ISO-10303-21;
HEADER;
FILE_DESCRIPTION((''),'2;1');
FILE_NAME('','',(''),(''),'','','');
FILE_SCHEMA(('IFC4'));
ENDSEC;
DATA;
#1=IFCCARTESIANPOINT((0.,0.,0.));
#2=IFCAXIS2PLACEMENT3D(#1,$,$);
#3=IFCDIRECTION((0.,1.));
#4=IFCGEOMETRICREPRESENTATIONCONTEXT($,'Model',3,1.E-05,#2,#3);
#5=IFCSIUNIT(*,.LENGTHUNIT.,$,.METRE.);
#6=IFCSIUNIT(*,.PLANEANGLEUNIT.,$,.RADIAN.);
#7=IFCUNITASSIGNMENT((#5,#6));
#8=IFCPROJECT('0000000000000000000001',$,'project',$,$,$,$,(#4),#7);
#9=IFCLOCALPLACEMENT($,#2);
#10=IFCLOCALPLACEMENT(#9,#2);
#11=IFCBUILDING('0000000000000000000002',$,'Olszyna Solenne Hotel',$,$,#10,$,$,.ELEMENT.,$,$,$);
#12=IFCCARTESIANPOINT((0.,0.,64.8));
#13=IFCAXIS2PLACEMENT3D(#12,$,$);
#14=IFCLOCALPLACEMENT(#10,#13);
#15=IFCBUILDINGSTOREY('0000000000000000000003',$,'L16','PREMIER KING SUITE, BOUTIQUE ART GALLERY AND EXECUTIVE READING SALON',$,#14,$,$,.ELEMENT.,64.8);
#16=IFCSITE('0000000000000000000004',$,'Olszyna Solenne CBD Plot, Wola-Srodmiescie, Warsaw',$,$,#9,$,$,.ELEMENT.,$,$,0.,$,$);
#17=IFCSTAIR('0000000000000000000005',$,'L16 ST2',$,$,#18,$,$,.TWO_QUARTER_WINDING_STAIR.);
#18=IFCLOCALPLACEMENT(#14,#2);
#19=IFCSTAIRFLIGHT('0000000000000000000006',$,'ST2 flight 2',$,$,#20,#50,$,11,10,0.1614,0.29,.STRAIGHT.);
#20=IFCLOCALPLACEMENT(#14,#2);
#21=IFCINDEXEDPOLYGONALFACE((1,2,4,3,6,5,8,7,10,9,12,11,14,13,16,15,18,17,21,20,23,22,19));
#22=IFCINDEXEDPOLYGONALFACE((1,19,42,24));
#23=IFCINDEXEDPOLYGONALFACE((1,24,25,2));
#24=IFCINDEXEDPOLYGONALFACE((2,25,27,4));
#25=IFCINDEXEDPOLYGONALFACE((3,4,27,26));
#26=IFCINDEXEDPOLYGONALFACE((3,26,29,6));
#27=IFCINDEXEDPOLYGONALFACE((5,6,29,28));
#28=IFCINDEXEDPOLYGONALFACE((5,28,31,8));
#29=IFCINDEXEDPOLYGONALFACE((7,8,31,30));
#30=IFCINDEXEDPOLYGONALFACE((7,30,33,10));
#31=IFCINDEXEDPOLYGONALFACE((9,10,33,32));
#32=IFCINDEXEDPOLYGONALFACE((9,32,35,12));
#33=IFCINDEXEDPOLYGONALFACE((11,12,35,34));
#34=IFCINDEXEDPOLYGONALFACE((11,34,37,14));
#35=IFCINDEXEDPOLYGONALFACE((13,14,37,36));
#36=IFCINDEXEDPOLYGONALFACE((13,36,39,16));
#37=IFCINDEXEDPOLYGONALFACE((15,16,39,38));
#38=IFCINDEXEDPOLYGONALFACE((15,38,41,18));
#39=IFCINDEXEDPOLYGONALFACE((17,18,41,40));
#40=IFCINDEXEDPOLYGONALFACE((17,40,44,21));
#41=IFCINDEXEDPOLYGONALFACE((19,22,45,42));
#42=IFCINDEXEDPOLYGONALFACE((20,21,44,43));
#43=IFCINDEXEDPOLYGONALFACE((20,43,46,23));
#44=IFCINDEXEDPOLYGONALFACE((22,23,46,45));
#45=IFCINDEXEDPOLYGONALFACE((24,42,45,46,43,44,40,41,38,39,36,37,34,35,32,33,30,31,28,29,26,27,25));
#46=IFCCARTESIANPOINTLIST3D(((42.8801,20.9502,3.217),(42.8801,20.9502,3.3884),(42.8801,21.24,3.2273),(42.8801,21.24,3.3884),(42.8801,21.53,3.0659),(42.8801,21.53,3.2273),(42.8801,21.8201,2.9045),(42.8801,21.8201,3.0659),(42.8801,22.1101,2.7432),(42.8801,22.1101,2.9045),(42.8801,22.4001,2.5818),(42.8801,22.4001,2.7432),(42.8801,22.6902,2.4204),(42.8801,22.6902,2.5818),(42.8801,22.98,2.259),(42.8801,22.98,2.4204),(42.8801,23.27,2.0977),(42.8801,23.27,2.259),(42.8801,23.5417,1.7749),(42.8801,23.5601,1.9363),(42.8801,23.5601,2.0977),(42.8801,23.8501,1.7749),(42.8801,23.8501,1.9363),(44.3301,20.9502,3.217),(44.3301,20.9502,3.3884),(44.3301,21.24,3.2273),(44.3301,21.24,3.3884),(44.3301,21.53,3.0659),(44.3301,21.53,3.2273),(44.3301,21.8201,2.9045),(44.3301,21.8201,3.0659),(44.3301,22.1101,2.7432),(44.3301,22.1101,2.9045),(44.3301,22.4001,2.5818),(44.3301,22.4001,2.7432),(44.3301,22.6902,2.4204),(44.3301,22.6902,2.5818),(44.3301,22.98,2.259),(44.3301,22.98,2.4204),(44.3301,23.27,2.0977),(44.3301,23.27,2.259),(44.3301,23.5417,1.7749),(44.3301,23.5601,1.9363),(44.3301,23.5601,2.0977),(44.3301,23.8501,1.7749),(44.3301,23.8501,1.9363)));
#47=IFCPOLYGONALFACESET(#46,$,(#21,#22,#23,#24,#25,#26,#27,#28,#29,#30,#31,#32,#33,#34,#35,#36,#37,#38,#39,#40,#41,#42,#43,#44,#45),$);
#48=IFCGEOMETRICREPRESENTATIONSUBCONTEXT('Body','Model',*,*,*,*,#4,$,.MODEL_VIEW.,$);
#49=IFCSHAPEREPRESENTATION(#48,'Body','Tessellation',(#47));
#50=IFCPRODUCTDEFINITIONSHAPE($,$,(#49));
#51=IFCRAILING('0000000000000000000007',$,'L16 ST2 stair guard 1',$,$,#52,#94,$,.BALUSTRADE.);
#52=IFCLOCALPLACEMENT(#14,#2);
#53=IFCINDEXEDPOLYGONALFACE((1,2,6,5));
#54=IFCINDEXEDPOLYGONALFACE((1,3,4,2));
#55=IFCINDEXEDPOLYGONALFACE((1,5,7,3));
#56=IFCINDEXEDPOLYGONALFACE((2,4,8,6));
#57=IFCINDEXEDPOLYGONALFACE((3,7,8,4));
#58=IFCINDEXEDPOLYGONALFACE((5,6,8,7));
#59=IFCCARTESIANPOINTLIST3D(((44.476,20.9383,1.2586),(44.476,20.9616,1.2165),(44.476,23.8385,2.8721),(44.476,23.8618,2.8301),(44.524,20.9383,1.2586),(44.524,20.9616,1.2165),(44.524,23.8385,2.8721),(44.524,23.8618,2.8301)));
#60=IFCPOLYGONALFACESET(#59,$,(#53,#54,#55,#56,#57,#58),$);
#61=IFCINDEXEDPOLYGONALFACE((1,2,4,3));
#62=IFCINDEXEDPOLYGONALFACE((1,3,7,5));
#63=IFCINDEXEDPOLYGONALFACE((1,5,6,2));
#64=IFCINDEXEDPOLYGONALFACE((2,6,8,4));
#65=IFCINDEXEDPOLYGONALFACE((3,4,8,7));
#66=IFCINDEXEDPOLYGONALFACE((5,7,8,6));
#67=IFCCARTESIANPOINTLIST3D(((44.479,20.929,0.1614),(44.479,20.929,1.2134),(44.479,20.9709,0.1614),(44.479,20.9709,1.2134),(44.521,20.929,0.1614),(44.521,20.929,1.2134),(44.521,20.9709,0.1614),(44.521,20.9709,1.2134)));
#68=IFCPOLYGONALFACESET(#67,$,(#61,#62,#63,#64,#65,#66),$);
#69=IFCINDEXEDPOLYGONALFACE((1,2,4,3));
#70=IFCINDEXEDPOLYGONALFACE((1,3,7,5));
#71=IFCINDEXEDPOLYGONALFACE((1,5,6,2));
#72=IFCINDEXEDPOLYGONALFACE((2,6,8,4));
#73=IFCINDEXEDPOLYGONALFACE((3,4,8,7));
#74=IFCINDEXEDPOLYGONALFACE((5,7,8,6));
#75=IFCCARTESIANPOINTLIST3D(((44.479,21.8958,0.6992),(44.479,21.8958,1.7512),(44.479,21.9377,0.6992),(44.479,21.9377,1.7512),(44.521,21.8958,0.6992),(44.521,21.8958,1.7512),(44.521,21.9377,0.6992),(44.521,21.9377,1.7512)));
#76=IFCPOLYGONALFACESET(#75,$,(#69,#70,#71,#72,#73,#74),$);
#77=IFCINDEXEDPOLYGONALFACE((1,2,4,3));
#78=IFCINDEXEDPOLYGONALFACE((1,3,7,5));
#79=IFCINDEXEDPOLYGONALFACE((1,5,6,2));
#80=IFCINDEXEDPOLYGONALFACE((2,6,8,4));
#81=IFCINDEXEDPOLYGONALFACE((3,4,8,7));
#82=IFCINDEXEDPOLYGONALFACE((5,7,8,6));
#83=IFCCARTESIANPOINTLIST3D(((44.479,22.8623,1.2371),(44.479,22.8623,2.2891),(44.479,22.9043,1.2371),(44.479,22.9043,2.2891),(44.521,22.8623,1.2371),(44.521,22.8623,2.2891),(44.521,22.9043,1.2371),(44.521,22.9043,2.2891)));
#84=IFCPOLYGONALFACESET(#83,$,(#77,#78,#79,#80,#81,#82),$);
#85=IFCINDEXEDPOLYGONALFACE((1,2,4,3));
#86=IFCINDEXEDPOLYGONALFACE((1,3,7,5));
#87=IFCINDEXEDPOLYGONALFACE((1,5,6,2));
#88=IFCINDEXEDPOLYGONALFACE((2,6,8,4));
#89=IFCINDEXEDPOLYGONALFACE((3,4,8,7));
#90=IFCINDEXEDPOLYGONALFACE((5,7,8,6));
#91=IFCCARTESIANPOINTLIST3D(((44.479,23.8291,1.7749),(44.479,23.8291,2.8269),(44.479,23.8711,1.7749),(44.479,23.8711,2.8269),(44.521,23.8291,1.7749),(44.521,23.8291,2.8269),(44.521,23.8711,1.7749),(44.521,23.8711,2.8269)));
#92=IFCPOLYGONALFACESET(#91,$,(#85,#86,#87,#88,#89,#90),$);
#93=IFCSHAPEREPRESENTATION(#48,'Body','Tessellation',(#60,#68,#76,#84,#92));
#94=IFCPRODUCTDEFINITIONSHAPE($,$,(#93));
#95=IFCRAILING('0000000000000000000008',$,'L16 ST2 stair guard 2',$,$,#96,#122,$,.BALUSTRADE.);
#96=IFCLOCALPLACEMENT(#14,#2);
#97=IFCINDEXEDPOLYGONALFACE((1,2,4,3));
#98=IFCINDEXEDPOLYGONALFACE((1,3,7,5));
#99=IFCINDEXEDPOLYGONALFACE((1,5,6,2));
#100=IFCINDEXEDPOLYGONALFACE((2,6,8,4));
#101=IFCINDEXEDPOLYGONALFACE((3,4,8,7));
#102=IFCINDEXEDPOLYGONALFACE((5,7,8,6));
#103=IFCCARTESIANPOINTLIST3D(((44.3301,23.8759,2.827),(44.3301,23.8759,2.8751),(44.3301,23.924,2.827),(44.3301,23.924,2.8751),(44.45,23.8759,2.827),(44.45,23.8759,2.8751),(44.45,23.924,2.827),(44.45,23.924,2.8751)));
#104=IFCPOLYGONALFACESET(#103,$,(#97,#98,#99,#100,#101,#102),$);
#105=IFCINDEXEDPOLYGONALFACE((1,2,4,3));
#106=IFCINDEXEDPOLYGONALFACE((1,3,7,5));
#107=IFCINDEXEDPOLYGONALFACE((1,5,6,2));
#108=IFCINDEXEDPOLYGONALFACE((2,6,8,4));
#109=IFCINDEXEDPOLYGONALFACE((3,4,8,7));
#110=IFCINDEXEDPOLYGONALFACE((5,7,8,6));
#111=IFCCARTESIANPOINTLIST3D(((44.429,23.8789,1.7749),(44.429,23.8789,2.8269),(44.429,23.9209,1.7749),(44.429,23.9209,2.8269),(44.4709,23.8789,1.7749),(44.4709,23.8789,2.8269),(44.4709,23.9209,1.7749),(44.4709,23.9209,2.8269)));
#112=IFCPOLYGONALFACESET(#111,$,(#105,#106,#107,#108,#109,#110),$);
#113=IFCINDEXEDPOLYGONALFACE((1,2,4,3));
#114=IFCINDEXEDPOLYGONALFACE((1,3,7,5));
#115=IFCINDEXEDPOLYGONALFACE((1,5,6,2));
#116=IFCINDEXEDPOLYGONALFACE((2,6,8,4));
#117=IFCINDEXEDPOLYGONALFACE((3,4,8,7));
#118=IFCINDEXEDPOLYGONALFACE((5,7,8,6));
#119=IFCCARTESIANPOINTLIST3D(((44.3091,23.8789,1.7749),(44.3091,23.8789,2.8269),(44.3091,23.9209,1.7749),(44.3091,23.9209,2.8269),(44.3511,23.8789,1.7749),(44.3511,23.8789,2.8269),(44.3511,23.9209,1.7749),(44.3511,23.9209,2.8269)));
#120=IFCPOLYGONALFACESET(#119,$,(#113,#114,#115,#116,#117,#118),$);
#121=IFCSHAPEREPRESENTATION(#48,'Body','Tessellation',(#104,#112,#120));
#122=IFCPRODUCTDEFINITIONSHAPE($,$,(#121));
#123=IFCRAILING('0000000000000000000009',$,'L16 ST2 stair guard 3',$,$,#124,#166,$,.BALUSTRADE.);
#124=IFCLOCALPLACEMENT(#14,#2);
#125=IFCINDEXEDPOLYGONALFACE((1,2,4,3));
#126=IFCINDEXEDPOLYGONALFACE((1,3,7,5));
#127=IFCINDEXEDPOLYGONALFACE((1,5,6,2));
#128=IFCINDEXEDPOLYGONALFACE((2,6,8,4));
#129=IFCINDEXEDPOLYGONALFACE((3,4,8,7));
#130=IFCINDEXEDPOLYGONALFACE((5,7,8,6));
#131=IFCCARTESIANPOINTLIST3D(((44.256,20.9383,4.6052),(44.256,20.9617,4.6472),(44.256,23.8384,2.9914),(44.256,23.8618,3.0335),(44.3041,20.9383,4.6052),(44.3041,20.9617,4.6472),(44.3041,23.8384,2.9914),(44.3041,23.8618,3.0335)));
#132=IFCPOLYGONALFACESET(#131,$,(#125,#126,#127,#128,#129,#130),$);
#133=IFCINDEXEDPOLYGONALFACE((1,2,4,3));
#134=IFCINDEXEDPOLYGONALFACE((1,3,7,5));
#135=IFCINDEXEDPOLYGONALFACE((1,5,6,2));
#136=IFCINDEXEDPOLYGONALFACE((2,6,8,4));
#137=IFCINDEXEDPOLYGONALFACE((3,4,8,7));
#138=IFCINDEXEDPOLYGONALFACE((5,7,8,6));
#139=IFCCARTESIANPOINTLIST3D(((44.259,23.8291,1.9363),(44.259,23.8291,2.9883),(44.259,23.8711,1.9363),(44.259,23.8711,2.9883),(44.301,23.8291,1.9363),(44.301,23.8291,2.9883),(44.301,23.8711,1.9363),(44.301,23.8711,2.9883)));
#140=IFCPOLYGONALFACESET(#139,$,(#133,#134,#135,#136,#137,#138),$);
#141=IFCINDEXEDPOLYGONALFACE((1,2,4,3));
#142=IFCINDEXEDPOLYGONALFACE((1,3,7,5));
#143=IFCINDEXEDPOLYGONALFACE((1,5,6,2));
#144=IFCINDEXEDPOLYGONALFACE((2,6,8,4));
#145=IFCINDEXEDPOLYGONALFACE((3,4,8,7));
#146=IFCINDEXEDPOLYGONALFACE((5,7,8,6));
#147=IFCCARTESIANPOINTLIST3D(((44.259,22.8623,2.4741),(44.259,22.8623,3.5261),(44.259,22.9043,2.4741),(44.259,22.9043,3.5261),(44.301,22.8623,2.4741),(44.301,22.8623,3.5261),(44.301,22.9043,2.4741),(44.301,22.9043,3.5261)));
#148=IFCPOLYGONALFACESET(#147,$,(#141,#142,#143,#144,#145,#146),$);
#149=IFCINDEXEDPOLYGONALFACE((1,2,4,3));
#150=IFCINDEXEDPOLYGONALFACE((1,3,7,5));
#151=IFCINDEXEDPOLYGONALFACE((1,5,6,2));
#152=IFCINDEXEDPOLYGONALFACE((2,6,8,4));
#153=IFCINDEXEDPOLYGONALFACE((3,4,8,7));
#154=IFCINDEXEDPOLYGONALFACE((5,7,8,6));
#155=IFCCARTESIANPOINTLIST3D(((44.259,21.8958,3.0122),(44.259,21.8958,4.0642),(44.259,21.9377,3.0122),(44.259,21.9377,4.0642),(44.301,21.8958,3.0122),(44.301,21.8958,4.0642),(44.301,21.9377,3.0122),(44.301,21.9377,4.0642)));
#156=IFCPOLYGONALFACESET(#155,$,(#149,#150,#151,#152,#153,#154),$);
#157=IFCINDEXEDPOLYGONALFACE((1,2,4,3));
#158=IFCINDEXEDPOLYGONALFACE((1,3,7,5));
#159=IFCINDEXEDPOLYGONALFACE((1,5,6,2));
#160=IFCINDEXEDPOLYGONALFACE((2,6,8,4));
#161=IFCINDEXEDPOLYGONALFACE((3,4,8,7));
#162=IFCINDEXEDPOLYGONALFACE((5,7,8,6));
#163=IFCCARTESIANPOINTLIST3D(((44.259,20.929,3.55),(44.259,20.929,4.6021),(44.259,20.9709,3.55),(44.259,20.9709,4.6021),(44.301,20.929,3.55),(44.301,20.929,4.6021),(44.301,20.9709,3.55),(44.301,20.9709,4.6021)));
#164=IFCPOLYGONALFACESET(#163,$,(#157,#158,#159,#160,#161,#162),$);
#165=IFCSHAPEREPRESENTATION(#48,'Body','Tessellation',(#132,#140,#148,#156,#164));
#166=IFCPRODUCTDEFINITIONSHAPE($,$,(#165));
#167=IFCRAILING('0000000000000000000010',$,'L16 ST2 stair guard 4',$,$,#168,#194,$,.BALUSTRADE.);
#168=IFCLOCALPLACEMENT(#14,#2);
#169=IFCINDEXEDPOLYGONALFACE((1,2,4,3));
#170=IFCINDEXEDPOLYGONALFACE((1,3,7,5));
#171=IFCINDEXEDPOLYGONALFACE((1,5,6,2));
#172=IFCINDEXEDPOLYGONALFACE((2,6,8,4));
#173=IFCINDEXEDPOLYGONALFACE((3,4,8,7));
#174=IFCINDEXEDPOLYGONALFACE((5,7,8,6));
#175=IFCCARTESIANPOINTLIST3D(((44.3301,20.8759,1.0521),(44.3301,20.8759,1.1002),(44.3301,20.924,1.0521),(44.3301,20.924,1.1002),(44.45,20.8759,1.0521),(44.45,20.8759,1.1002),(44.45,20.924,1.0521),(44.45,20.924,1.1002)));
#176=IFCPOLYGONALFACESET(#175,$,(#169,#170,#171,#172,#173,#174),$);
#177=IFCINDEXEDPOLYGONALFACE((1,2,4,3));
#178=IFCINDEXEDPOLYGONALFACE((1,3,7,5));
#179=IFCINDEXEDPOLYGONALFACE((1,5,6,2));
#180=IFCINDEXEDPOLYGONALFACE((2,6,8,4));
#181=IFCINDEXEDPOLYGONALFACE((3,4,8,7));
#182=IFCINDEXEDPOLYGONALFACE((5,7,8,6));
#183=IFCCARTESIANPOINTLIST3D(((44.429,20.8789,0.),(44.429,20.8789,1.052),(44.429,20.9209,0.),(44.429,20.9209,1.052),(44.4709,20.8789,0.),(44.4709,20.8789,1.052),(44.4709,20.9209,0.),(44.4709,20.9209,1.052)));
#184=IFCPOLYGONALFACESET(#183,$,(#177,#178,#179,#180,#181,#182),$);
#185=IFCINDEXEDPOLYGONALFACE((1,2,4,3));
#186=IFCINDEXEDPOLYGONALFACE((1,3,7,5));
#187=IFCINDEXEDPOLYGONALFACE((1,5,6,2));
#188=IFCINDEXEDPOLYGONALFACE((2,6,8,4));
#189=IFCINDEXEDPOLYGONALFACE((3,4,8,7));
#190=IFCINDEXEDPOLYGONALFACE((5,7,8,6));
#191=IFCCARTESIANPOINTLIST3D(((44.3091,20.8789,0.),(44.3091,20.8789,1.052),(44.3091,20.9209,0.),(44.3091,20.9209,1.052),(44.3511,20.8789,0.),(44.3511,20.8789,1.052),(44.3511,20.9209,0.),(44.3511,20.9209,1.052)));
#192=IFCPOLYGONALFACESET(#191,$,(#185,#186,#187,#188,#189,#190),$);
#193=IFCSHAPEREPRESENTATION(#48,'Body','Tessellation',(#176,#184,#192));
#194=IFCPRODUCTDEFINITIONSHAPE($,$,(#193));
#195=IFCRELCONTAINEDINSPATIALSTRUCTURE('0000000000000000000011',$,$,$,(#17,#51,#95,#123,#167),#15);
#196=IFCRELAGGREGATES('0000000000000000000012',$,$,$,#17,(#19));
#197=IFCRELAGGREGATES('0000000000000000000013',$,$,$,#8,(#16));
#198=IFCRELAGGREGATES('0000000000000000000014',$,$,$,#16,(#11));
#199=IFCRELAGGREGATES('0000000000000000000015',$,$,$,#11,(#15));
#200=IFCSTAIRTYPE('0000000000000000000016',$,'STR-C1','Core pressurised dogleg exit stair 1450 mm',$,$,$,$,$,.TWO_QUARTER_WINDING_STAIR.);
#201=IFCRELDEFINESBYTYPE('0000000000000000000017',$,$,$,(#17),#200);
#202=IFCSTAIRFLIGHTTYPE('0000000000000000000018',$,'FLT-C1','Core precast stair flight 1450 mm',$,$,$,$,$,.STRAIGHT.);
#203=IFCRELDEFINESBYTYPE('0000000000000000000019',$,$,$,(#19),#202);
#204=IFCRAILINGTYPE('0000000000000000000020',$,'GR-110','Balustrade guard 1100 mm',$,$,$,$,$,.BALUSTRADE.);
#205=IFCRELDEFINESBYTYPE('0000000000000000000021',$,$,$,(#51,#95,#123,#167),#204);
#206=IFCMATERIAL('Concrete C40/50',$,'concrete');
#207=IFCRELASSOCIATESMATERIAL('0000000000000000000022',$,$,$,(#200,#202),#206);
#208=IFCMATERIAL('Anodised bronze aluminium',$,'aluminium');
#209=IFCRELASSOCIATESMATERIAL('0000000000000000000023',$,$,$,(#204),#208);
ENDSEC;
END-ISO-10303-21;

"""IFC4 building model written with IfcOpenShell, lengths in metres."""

from ifc_helpers import new_model, si_unit, direction, frame, origin, origin_2d, place, context, subcontext, project, spatial, polyline, rectangle, outline, extrude, material, type_object, element, aggregate, save


model = new_model("IFC4")

# Units and contexts
model_context = context("Model", 3, precision=1e-05, world=origin(), true_north=direction((0.0, 1.0)))
body_context = subcontext(model_context, "Body", "Model", "MODEL_VIEW")
ifc_project = project(units=[si_unit("LENGTHUNIT", "METRE"), si_unit("PLANEANGLEUNIT", "RADIAN")], contexts=[model_context])

# Site, building, storey
site_placement = place(None, origin())
site = spatial("IfcSite", under=ifc_project, at=site_placement, Name="Olszyna Solenne CBD Plot, Wola-Srodmiescie, Warsaw", CompositionType="ELEMENT", RefElevation=0.0)
building_placement = place(site_placement, origin())
building = spatial("IfcBuilding", under=site, at=building_placement, Name="Olszyna Solenne Hotel", CompositionType="ELEMENT")
storey_placement = place(building_placement, frame((0.0, 0.0, 64.8)))
storey = spatial("IfcBuildingStorey", under=building, at=storey_placement, Name="L16", Description="PREMIER KING SUITE, BOUTIQUE ART GALLERY AND EXECUTIVE READING SALON", CompositionType="ELEMENT", Elevation=64.8)

# Stair, stair flight
ifc_material_1 = material(Name="Concrete C40/50", Category="concrete")
stair_type = type_object("IfcStairType", Name="STR-C1", Description="Core pressurised dogleg exit stair 1450 mm", PredefinedType="TWO_QUARTER_WINDING_STAIR", material=ifc_material_1)
stair_placement = place(storey_placement, origin())
stair = element("IfcStair", 1, at=stair_placement, inside=storey, type_object=stair_type, Name="L16 ST2", PredefinedType="TWO_QUARTER_WINDING_STAIR")
stair_flight_type = type_object("IfcStairFlightType", Name="FLT-C1", Description="Core precast stair flight 1450 mm", PredefinedType="STRAIGHT", material=ifc_material_1)
stair_flight_1_placement = place(storey_placement, frame((43.605, 23.8501, 1.7749), z_axis=(0.0, 0.0, 1.0), x_axis=(0.0, -1.0, 0.0)))
stair_flight_1 = element("IfcStairFlight", 2, at=stair_flight_1_placement, type_object=stair_flight_type, Name="ST2 flight 2", NumberOfRisers=11, NumberOfTreads=10, PredefinedType="STRAIGHT", RiserHeight=0.1614, TreadLength=0.29, context=body_context, shape_type="SweptSolid", body=[
    extrude(outline(polyline([(0.0, 0.0), (0.0, 0.1614), (0.29, 0.1614), (0.29, 0.3228), (0.5801, 0.3228), (0.5801, 0.4841), (0.8701, 0.4841), (0.8701, 0.6455), (1.1599, 0.6455), (1.1599, 0.8069), (1.45, 0.8069), (1.45, 0.9683), (1.74, 0.9683), (1.74, 1.1296), (2.03, 1.1296), (2.03, 1.291), (2.3201, 1.291), (2.3201, 1.4524), (2.6101, 1.4524), (2.6101, 1.6135), (2.8999, 1.6135), (2.8999, 1.7749), (2.8999, 1.4421), (0.3083, 0.0), (0.0, 0.0)])), frame((0.0, 0.7251, 0.0), z_axis=(0.0, -1.0, 0.0), x_axis=(1.0, 0.0, 0.0)), (0.0, 0.0, 1.0), 1.45),
])
aggregate(stair, [stair_flight_1])

# Railings
ifc_material_2 = material(Name="Anodised bronze aluminium", Category="aluminium")
railing_type_1 = type_object("IfcRailingType", Name="GR-110", Description="Balustrade guard 1100 mm", PredefinedType="BALUSTRADE", material=ifc_material_2)
railing_1_placement = place(storey_placement, frame((44.5, 20.95, 0.1614)))
element("IfcRailing", 3, at=railing_1_placement, inside=storey, type_object=railing_type_1, Name="L16 ST2 stair guard 1", PredefinedType="BALUSTRADE", context=body_context, shape_type="SweptSolid", body=[
    extrude(rectangle(XDim=0.0481, YDim=0.0481, at=origin_2d()), frame((0.0, 0.0, 1.0762), z_axis=(0.0, 0.873859, 0.48618), x_axis=(-1.0, 0.0, 0.0)), (0.0, 0.0, 1.0), 3.3188),
    extrude(rectangle(XDim=0.042, YDim=0.042, at=origin_2d()), origin(), (0.0, 0.0, 1.0), 1.052),
    extrude(rectangle(XDim=0.042, YDim=0.042, at=origin_2d()), frame((0.0, 0.9668, 0.5378)), (0.0, 0.0, 1.0), 1.052),
    extrude(rectangle(XDim=0.042, YDim=0.042, at=origin_2d()), frame((0.0, 1.9333, 1.0757)), (0.0, 0.0, 1.0), 1.052),
    extrude(rectangle(XDim=0.042, YDim=0.042, at=origin_2d()), frame((0.0, 2.9001, 1.6135)), (0.0, 0.0, 1.0), 1.052),
])
railing_2_placement = place(storey_placement, frame((44.45, 23.8999, 1.7749)))
element("IfcRailing", 4, at=railing_2_placement, inside=storey, type_object=railing_type_1, Name="L16 ST2 stair guard 2", PredefinedType="BALUSTRADE", context=body_context, shape_type="SweptSolid", body=[
    extrude(rectangle(XDim=0.0481, YDim=0.0481, at=origin_2d()), frame((0.0, 0.0, 1.0762), z_axis=(-1.0, 0.0, 0.0), x_axis=(0.0, -1.0, 0.0)), (0.0, 0.0, 1.0), 0.1199),
    extrude(rectangle(XDim=0.042, YDim=0.042, at=origin_2d()), origin(), (0.0, 0.0, 1.0), 1.052),
    extrude(rectangle(XDim=0.042, YDim=0.042, at=origin_2d()), frame((-0.1199, 0.0, 0.0)), (0.0, 0.0, 1.0), 1.052),
])
railing_3_placement = place(storey_placement, frame((44.28, 23.8501, 1.9363)))
element("IfcRailing", 5, at=railing_3_placement, inside=storey, type_object=railing_type_1, Name="L16 ST2 stair guard 3", PredefinedType="BALUSTRADE", context=body_context, shape_type="SweptSolid", body=[
    extrude(rectangle(XDim=0.0481, YDim=0.0481, at=origin_2d()), frame((0.0, 0.0, 1.0762), z_axis=(0.0, -0.873827, 0.486236), x_axis=(1.0, 0.0, 0.0)), (0.0, 0.0, 1.0), 3.3188),
    extrude(rectangle(XDim=0.042, YDim=0.042, at=origin_2d()), origin(), (0.0, 0.0, 1.0), 1.052),
    extrude(rectangle(XDim=0.042, YDim=0.042, at=origin_2d()), frame((0.0, -0.9668, 0.5378)), (0.0, 0.0, 1.0), 1.052),
    extrude(rectangle(XDim=0.042, YDim=0.042, at=origin_2d()), frame((0.0, -1.9333, 1.0759)), (0.0, 0.0, 1.0), 1.052),
    extrude(rectangle(XDim=0.042, YDim=0.042, at=origin_2d()), frame((0.0, -2.9001, 1.6138)), (0.0, 0.0, 1.0), 1.052),
])
railing_4_placement = place(storey_placement, frame((44.45, 20.8999, 0.0)))
element("IfcRailing", 6, at=railing_4_placement, inside=storey, type_object=railing_type_1, Name="L16 ST2 stair guard 4", PredefinedType="BALUSTRADE", context=body_context, shape_type="SweptSolid", body=[
    extrude(rectangle(XDim=0.0481, YDim=0.0481, at=origin_2d()), frame((0.0, 0.0, 1.0762), z_axis=(-1.0, 0.0, 0.0), x_axis=(0.0, -1.0, 0.0)), (0.0, 0.0, 1.0), 0.1199),
    extrude(rectangle(XDim=0.042, YDim=0.042, at=origin_2d()), origin(), (0.0, 0.0, 1.0), 1.052),
    extrude(rectangle(XDim=0.042, YDim=0.042, at=origin_2d()), frame((-0.1199, 0.0, 0.0)), (0.0, 0.0, 1.0), 1.052),
])

save(model, "model.ifc")
